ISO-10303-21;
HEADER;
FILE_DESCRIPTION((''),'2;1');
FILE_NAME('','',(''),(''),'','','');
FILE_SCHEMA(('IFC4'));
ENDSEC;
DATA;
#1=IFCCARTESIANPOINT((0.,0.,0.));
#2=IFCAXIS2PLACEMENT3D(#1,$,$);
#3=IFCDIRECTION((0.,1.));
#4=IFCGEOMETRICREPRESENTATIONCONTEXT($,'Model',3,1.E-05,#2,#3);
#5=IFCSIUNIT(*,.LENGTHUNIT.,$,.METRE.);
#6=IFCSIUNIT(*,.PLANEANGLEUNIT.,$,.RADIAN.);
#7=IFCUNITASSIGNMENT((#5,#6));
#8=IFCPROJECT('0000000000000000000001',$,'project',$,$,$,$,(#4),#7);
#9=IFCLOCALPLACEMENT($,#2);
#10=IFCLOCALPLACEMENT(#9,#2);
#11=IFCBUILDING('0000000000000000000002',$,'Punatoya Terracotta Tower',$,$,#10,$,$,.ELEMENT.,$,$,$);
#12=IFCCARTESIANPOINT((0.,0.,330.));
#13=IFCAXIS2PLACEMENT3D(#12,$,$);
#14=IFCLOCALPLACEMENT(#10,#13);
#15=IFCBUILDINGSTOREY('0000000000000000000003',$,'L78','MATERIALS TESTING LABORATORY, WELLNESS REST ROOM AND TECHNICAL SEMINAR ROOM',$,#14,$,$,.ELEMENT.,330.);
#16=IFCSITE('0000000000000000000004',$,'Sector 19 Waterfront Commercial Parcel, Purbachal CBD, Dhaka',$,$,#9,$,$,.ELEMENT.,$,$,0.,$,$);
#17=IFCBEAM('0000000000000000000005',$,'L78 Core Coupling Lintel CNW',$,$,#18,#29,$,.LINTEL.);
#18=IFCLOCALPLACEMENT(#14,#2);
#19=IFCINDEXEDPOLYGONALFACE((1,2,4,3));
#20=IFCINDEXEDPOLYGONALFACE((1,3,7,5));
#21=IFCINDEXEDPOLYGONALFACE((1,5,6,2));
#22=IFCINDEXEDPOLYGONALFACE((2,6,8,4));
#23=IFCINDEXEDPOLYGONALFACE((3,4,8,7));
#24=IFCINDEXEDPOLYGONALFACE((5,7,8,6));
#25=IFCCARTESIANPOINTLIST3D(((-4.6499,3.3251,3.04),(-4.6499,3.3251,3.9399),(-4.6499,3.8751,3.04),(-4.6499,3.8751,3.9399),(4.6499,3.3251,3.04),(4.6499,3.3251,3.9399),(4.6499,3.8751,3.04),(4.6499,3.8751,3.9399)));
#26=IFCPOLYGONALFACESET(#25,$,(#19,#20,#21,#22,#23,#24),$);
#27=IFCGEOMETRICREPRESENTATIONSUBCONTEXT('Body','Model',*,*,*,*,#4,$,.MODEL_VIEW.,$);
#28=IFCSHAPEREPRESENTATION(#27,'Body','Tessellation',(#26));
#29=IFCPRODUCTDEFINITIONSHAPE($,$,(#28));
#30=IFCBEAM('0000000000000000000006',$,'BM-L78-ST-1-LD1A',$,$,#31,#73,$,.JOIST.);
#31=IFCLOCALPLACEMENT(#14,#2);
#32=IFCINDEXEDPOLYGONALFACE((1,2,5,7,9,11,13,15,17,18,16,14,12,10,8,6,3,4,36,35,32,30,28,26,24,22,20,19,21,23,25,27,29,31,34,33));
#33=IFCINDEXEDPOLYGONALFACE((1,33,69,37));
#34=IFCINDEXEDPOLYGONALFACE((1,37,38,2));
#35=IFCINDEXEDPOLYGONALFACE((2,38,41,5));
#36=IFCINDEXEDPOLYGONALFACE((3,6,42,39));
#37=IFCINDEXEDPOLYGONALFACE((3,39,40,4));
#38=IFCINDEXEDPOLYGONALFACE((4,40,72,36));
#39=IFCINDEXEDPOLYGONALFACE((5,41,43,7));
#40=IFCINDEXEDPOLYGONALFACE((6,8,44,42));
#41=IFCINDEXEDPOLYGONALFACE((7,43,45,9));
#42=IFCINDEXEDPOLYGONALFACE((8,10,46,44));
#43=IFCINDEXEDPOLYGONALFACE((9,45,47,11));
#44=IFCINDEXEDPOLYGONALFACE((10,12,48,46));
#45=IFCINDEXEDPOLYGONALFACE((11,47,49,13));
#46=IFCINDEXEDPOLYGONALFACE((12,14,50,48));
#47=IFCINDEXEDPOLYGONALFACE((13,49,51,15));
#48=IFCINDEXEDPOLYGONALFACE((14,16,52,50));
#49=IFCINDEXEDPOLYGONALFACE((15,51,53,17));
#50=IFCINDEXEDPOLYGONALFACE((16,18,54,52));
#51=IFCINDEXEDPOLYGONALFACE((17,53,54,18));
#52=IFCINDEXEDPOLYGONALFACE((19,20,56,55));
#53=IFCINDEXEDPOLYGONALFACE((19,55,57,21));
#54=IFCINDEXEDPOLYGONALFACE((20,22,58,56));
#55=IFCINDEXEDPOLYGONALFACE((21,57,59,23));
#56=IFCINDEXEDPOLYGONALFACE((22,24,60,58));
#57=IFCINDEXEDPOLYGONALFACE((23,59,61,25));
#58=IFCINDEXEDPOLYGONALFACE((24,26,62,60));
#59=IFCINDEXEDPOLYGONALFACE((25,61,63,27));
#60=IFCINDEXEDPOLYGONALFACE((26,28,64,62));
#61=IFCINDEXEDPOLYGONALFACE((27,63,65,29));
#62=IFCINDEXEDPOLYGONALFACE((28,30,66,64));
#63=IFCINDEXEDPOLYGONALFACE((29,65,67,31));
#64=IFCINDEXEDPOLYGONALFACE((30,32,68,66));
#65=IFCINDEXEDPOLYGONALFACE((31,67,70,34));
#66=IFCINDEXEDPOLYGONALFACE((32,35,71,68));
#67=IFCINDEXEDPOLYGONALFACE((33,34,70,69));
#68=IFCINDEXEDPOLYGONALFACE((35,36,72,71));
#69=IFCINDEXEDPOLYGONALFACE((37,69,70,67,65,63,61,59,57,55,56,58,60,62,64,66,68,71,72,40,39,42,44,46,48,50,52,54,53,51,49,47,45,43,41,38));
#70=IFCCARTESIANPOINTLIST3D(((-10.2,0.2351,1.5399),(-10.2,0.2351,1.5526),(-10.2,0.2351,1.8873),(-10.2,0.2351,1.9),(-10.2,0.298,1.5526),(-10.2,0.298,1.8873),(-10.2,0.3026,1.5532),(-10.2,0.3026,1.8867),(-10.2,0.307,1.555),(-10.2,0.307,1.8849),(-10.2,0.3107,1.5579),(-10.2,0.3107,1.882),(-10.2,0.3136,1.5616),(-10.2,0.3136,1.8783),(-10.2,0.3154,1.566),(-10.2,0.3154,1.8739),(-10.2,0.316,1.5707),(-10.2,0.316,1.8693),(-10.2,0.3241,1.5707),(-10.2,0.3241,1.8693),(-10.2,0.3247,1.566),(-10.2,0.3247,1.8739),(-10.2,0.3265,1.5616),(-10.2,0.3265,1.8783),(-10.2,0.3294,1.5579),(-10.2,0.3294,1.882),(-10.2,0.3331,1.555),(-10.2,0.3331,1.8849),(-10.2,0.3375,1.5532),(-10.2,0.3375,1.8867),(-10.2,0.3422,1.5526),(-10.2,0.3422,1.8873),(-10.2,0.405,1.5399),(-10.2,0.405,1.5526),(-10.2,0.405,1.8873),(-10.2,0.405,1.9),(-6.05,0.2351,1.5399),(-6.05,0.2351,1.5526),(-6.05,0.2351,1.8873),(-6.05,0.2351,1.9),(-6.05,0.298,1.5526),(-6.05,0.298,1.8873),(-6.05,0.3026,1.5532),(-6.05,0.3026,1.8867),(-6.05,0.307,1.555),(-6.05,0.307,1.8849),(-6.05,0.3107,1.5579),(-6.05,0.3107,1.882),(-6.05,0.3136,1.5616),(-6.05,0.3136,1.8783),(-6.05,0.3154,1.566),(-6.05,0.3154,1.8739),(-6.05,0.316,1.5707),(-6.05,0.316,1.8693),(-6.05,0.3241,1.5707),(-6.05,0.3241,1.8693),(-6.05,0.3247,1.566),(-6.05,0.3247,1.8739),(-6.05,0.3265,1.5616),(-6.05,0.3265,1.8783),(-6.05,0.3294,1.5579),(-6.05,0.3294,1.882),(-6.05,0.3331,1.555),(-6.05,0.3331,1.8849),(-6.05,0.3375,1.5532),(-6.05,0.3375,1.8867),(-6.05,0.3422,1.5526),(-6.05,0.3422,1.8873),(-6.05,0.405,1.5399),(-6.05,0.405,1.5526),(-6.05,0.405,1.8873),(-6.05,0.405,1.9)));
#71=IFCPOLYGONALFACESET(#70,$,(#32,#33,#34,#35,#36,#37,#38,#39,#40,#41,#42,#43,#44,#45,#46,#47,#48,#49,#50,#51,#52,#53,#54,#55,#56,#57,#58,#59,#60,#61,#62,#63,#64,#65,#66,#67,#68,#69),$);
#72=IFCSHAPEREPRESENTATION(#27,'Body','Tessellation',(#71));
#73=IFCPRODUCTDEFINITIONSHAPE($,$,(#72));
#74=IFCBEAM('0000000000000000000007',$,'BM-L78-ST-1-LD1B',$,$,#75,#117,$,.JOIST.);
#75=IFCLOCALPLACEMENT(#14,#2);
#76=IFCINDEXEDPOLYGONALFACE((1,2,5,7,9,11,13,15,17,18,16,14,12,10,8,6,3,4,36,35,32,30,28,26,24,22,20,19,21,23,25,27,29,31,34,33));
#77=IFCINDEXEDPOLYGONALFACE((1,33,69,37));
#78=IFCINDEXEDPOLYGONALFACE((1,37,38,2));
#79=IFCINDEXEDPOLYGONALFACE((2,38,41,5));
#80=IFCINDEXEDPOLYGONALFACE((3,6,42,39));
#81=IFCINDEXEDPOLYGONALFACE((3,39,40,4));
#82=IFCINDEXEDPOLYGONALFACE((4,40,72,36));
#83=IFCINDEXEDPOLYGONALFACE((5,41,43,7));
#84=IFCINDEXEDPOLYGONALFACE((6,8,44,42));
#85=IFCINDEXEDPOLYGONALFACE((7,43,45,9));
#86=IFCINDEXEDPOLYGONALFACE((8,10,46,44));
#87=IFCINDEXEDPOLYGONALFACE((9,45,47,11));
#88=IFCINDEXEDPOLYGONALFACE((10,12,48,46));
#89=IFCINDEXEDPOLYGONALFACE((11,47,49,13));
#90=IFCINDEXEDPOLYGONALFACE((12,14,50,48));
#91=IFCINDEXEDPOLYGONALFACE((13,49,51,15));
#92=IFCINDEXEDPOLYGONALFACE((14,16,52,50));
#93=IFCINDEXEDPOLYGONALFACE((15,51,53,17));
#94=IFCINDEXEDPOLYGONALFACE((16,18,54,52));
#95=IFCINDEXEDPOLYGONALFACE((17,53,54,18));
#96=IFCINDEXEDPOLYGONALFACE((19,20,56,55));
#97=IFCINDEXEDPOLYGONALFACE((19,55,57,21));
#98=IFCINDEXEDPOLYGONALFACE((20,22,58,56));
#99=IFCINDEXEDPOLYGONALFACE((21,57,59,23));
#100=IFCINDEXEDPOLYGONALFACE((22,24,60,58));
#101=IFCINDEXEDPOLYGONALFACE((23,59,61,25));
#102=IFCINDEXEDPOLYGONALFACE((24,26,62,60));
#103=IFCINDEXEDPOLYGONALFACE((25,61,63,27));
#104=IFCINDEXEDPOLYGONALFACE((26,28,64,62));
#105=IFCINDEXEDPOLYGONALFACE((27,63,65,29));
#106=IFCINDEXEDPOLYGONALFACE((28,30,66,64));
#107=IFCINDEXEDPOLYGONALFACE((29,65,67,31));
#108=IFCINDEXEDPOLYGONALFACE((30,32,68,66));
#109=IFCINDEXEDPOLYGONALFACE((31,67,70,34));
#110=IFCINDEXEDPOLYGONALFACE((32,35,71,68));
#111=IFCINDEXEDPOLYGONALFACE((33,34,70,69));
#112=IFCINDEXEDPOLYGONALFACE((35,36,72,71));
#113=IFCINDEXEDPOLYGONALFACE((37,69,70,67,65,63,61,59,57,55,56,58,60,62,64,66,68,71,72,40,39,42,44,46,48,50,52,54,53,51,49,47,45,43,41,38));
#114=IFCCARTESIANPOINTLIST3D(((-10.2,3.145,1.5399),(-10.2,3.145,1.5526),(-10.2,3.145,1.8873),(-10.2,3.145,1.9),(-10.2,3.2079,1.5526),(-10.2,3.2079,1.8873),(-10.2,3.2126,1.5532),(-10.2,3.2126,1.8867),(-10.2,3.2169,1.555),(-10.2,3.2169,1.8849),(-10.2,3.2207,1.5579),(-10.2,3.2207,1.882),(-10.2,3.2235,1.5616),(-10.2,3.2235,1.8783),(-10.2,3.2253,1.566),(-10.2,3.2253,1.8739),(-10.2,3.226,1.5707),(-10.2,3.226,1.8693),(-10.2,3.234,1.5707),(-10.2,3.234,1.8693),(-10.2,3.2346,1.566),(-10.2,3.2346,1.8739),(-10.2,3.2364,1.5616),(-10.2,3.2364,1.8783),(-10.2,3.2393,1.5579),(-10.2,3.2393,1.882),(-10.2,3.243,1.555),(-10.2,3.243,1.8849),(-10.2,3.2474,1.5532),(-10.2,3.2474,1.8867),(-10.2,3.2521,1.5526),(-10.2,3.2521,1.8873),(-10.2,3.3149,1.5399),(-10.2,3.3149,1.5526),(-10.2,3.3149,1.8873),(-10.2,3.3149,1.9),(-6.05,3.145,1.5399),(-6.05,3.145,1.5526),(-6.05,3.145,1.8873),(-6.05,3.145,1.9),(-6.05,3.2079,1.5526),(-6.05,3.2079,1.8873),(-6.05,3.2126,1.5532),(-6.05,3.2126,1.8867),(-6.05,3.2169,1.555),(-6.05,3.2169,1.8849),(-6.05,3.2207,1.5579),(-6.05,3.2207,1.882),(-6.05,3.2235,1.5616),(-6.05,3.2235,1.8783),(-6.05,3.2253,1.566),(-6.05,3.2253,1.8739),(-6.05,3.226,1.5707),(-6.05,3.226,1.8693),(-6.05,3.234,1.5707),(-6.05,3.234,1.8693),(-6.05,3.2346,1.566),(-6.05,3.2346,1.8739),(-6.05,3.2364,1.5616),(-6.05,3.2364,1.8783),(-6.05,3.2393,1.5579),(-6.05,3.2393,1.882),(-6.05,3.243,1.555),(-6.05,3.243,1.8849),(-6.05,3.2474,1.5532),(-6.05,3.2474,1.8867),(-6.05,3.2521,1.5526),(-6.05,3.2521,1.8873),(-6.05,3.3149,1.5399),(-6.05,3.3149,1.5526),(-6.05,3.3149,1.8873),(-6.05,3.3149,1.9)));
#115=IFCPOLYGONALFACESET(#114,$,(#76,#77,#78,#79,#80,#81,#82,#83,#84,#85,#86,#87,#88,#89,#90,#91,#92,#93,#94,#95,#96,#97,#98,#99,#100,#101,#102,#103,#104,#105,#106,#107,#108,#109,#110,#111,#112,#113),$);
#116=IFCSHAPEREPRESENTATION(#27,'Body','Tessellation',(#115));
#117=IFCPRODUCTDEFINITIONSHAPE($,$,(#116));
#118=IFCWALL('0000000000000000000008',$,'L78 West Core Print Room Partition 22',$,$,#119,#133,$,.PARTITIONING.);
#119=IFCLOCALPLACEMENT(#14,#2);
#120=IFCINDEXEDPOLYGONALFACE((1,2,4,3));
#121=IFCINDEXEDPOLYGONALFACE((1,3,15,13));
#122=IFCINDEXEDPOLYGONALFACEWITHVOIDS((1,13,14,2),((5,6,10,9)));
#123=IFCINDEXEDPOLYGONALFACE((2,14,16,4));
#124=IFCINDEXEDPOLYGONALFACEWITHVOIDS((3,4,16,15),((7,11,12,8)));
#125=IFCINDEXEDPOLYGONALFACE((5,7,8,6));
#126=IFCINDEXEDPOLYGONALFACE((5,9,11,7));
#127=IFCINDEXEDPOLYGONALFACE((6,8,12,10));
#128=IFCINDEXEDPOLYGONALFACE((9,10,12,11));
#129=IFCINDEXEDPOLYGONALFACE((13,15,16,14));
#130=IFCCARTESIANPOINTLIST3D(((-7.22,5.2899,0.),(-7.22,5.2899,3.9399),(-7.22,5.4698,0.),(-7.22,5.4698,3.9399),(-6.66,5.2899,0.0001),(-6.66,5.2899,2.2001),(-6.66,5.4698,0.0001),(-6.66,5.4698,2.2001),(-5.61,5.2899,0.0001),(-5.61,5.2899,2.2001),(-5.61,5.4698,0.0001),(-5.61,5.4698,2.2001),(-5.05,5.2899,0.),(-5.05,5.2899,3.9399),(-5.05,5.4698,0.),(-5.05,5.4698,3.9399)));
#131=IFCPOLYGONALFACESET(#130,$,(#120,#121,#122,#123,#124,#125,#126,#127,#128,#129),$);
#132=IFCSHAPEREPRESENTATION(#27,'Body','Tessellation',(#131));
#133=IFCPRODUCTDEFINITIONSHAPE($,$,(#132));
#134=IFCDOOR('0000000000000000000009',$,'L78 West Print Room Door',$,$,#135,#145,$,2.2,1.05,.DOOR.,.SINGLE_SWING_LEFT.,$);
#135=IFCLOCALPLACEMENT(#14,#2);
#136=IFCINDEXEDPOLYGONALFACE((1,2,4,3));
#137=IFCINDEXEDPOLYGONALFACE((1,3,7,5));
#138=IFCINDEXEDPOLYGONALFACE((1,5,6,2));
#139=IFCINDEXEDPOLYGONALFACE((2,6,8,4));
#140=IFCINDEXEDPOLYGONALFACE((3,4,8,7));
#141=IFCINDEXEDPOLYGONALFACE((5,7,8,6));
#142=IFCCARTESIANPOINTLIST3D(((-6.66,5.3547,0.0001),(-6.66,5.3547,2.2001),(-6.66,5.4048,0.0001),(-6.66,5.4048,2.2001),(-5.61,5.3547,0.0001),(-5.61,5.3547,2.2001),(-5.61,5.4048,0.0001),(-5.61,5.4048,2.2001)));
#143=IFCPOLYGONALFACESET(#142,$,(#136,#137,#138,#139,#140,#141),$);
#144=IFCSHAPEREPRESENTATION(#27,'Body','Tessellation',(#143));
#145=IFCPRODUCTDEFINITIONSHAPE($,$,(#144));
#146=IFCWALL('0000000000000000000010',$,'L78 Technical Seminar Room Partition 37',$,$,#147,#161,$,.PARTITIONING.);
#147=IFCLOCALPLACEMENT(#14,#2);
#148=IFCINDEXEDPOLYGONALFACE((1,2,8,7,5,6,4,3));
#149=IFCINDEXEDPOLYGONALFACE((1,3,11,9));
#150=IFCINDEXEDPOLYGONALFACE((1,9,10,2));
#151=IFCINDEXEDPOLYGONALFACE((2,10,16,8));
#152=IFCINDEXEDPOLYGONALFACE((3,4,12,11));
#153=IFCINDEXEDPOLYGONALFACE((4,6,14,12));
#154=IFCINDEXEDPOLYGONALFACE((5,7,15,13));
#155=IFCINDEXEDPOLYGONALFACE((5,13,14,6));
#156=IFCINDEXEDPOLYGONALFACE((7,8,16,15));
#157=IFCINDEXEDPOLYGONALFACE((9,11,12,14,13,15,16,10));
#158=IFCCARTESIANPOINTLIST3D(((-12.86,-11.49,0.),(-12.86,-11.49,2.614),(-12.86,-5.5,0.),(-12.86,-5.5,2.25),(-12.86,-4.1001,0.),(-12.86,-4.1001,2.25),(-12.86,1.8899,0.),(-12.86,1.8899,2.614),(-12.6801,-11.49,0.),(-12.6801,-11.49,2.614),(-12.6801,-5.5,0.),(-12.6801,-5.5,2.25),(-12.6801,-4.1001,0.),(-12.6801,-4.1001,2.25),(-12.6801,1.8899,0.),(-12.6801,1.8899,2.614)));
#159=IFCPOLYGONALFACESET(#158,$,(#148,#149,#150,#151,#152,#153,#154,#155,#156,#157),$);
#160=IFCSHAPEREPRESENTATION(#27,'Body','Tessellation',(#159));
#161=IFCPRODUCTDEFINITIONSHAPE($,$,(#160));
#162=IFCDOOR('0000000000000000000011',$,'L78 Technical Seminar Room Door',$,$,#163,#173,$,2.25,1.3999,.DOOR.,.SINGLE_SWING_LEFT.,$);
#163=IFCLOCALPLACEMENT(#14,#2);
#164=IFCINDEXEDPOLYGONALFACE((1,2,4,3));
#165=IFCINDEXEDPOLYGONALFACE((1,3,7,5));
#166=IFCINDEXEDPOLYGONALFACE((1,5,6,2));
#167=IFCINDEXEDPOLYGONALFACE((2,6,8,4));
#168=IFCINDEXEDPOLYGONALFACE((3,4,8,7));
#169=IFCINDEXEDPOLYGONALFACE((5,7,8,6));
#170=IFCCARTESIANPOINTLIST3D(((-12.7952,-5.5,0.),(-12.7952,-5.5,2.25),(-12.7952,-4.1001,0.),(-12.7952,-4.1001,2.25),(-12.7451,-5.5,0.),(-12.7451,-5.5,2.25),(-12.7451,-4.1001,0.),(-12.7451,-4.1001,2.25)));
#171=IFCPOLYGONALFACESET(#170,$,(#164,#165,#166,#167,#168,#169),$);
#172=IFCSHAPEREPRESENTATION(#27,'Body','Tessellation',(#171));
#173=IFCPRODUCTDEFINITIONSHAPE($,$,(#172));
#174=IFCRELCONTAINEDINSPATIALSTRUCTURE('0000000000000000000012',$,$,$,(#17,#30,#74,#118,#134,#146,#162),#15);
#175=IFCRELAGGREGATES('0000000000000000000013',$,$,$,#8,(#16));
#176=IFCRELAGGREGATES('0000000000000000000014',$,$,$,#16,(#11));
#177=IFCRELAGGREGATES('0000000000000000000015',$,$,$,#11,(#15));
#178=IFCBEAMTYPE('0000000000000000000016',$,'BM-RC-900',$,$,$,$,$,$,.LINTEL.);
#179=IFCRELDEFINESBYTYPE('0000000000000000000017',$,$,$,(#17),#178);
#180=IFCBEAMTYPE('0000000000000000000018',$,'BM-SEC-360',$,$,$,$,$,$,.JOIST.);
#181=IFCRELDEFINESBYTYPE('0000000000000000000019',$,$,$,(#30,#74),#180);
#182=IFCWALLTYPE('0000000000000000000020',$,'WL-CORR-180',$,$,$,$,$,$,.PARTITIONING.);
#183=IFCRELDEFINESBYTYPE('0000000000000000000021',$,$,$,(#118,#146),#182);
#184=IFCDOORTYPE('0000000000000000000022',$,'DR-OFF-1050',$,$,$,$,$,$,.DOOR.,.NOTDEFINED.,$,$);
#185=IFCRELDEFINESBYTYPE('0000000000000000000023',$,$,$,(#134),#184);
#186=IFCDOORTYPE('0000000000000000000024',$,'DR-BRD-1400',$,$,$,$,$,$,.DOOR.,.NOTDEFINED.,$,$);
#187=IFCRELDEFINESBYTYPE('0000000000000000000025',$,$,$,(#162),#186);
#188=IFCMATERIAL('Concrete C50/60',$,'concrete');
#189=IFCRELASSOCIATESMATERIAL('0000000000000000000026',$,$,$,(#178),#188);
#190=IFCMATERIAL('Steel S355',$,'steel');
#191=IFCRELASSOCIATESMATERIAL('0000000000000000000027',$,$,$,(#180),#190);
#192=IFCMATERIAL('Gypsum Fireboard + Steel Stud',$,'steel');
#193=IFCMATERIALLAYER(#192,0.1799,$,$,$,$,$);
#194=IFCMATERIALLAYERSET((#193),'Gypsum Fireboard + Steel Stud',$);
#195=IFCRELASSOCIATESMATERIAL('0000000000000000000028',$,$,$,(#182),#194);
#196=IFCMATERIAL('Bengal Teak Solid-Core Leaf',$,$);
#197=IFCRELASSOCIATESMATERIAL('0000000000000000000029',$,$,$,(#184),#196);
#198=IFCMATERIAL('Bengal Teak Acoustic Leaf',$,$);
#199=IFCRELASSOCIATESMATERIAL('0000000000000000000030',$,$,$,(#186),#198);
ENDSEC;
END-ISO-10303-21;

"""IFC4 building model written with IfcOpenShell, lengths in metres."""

from ifc_helpers import new_model, si_unit, direction, frame, frame_2d, origin, origin_2d, place, context, subcontext, project, spatial, rectangle, i_section, extrude, material, layer, layer_set, material_profile, profile_set, type_object, element, fill, save


model = new_model("IFC4")

# Units and contexts
model_context = context("Model", 3, precision=1e-05, world=origin(), true_north=direction((0.0, 1.0)))
body_context = subcontext(model_context, "Body", "Model", "MODEL_VIEW")
ifc_project = project(units=[si_unit("LENGTHUNIT", "METRE"), si_unit("PLANEANGLEUNIT", "RADIAN")], contexts=[model_context])

# Site, building, storey
site_placement = place(None, origin())
site = spatial("IfcSite", under=ifc_project, at=site_placement, Name="Sector 19 Waterfront Commercial Parcel, Purbachal CBD, Dhaka", CompositionType="ELEMENT", RefElevation=0.0)
building_placement = place(site_placement, origin())
building = spatial("IfcBuilding", under=site, at=building_placement, Name="Punatoya Terracotta Tower", CompositionType="ELEMENT")
storey_placement = place(building_placement, frame((0.0, 0.0, 330.0)))
storey = spatial("IfcBuildingStorey", under=building, at=storey_placement, Name="L78", Description="MATERIALS TESTING LABORATORY, WELLNESS REST ROOM AND TECHNICAL SEMINAR ROOM", CompositionType="ELEMENT", Elevation=330.0)

# Beams
ifc_material_1 = material(Name="Concrete C50/60", Category="concrete")
ifc_material_profile_1 = material_profile(ifc_material_1, rectangle(XDim=0.55, YDim=0.8999, at=origin_2d()))
ifc_profile_set_1 = profile_set([ifc_material_profile_1], Name="Concrete C50/60")
beam_type_1 = type_object("IfcBeamType", Name="BM-RC-900", PredefinedType="LINTEL", material=ifc_profile_set_1)
beam_placement = place(storey_placement, frame((-4.6499, 3.6001, 3.49), z_axis=(1.0, 0.0, 0.0), x_axis=(0.0, 1.0, 0.0)))
element("IfcBeam", 1, at=beam_placement, inside=storey, type_object=beam_type_1, Name="L78 Core Coupling Lintel CNW", PredefinedType="LINTEL", context=body_context, shape_type="SweptSolid", body=[
    extrude(rectangle(XDim=0.55, YDim=0.8999, at=origin_2d()), origin(), (0.0, 0.0, 1.0), 9.2998),
])
ifc_material_2 = material(Name="Steel S355", Category="steel")
ifc_material_profile_2 = material_profile(ifc_material_2, i_section(OverallWidth=0.1699, OverallDepth=0.3601, WebThickness=0.0081, FlangeThickness=0.0127, FilletRadius=0.0181, at=origin_2d()))
ifc_profile_set_2 = profile_set([ifc_material_profile_2], Name="Steel S355")
beam_type_2 = type_object("IfcBeamType", Name="BM-SEC-360", PredefinedType="JOIST", material=ifc_profile_set_2)
for number, where, z_axis, x_axis, name in (
    (2, (-10.2, 0.3201, 1.72), (1.0, 0.0, 0.0), (0.0, 1.0, 0.0), "BM-L78-ST-1-LD1A"),
    (3, (-10.2, 3.23, 1.72), (1.0, 0.0, 0.0), (0.0, 1.0, 0.0), "BM-L78-ST-1-LD1B"),
):
    element("IfcBeam", number, at=place(storey_placement, frame(where, z_axis=z_axis, x_axis=x_axis)), inside=storey, type_object=beam_type_2, Name=name, PredefinedType="JOIST", context=body_context, shape_type="SweptSolid", body=[
        extrude(i_section(OverallWidth=0.1699, OverallDepth=0.3601, WebThickness=0.0081, FlangeThickness=0.0127, FilletRadius=0.0181, at=origin_2d()), origin(), (0.0, 0.0, 1.0), 4.1499),
    ])

# Walls, openings, doors
ifc_material_3 = material(Name="Gypsum Fireboard + Steel Stud", Category="steel")
ifc_layer_1 = layer(ifc_material_3, 0.1799)
ifc_layer_set_1 = layer_set([ifc_layer_1], Name="Gypsum Fireboard + Steel Stud")
wall_type_1 = type_object("IfcWallType", Name="WL-CORR-180", PredefinedType="PARTITIONING", material=ifc_layer_set_1)
wall_1_placement = place(storey_placement, frame((-7.22, 5.3799, 0.0), z_axis=(0.0, 0.0, 1.0), x_axis=(1.0, 0.0, 0.0)))
wall_1 = element("IfcWall", 4, at=wall_1_placement, inside=storey, type_object=wall_type_1, Name="L78 West Core Print Room Partition 22", PredefinedType="PARTITIONING", context=body_context, shape_type="SweptSolid", body=[
    extrude(rectangle(XDim=2.1699, YDim=0.1799, at=frame_2d((1.085, 0.0))), origin(), (0.0, 0.0, 1.0), 3.9399),
])
opening_1_placement = place(wall_1_placement, frame((0.5601, 0.0, 0.0)))
opening_1 = element("IfcOpeningElement", 5, at=opening_1_placement, cuts=wall_1, PredefinedType="OPENING", context=body_context, shape_type="SweptSolid", body=[
    extrude(rectangle(XDim=1.05, YDim=2.2, at=frame_2d((0.5249, 1.1001))), frame((0.0, 0.0999, 0.0), z_axis=(0.0, -1.0, 0.0), x_axis=(1.0, 0.0, 0.0)), (0.0, 0.0, 1.0), 0.2),
])
ifc_material_4 = material(Name="Bengal Teak Solid-Core Leaf")
door_type_1 = type_object("IfcDoorType", Name="DR-OFF-1050", OperationType="NOTDEFINED", PredefinedType="DOOR", material=ifc_material_4)
door_1_placement = place(opening_1_placement, origin())
door_1 = element("IfcDoor", 6, at=door_1_placement, inside=storey, type_object=door_type_1, Name="L78 West Print Room Door", OperationType="SINGLE_SWING_LEFT", OverallHeight=2.2, OverallWidth=1.05, PredefinedType="DOOR", context=body_context, shape_type="SweptSolid", body=[
    extrude(rectangle(XDim=1.05, YDim=2.2, at=frame_2d((0.5249, 1.1001))), frame((0.0, 0.0249, 0.0), z_axis=(0.0, -1.0, 0.0), x_axis=(1.0, 0.0, 0.0)), (0.0, 0.0, 1.0), 0.05),
])
fill(opening_1, door_1)
wall_2_placement = place(storey_placement, frame((-12.77, 1.8899, 0.0), z_axis=(0.0, 0.0, 1.0), x_axis=(0.0, -1.0, 0.0)))
wall_2 = element("IfcWall", 7, at=wall_2_placement, inside=storey, type_object=wall_type_1, Name="L78 Technical Seminar Room Partition 37", PredefinedType="PARTITIONING", context=body_context, shape_type="SweptSolid", body=[
    extrude(rectangle(XDim=13.3799, YDim=0.1799, at=frame_2d((6.6899, 0.0))), origin(), (0.0, 0.0, 1.0), 2.614),
])
opening_2_placement = place(wall_2_placement, frame((5.99, 0.0, 0.0)))
opening_2 = element("IfcOpeningElement", 8, at=opening_2_placement, cuts=wall_2, PredefinedType="OPENING", context=body_context, shape_type="SweptSolid", body=[
    extrude(rectangle(XDim=1.3999, YDim=2.25, at=frame_2d((0.7, 1.125))), frame((0.0, 0.0999, 0.0), z_axis=(0.0, -1.0, 0.0), x_axis=(1.0, 0.0, 0.0)), (0.0, 0.0, 1.0), 0.2),
])
ifc_material_5 = material(Name="Bengal Teak Acoustic Leaf")
door_type_2 = type_object("IfcDoorType", Name="DR-BRD-1400", OperationType="NOTDEFINED", PredefinedType="DOOR", material=ifc_material_5)
door_2_placement = place(opening_2_placement, origin())
door_2 = element("IfcDoor", 9, at=door_2_placement, inside=storey, type_object=door_type_2, Name="L78 Technical Seminar Room Door", OperationType="SINGLE_SWING_LEFT", OverallHeight=2.25, OverallWidth=1.3999, PredefinedType="DOOR", context=body_context, shape_type="SweptSolid", body=[
    extrude(rectangle(XDim=1.3999, YDim=2.25, at=frame_2d((0.7, 1.125))), frame((0.0, 0.0249, 0.0), z_axis=(0.0, -1.0, 0.0), x_axis=(1.0, 0.0, 0.0)), (0.0, 0.0, 1.0), 0.05),
])
fill(opening_2, door_2)

save(model, "model.ifc")
